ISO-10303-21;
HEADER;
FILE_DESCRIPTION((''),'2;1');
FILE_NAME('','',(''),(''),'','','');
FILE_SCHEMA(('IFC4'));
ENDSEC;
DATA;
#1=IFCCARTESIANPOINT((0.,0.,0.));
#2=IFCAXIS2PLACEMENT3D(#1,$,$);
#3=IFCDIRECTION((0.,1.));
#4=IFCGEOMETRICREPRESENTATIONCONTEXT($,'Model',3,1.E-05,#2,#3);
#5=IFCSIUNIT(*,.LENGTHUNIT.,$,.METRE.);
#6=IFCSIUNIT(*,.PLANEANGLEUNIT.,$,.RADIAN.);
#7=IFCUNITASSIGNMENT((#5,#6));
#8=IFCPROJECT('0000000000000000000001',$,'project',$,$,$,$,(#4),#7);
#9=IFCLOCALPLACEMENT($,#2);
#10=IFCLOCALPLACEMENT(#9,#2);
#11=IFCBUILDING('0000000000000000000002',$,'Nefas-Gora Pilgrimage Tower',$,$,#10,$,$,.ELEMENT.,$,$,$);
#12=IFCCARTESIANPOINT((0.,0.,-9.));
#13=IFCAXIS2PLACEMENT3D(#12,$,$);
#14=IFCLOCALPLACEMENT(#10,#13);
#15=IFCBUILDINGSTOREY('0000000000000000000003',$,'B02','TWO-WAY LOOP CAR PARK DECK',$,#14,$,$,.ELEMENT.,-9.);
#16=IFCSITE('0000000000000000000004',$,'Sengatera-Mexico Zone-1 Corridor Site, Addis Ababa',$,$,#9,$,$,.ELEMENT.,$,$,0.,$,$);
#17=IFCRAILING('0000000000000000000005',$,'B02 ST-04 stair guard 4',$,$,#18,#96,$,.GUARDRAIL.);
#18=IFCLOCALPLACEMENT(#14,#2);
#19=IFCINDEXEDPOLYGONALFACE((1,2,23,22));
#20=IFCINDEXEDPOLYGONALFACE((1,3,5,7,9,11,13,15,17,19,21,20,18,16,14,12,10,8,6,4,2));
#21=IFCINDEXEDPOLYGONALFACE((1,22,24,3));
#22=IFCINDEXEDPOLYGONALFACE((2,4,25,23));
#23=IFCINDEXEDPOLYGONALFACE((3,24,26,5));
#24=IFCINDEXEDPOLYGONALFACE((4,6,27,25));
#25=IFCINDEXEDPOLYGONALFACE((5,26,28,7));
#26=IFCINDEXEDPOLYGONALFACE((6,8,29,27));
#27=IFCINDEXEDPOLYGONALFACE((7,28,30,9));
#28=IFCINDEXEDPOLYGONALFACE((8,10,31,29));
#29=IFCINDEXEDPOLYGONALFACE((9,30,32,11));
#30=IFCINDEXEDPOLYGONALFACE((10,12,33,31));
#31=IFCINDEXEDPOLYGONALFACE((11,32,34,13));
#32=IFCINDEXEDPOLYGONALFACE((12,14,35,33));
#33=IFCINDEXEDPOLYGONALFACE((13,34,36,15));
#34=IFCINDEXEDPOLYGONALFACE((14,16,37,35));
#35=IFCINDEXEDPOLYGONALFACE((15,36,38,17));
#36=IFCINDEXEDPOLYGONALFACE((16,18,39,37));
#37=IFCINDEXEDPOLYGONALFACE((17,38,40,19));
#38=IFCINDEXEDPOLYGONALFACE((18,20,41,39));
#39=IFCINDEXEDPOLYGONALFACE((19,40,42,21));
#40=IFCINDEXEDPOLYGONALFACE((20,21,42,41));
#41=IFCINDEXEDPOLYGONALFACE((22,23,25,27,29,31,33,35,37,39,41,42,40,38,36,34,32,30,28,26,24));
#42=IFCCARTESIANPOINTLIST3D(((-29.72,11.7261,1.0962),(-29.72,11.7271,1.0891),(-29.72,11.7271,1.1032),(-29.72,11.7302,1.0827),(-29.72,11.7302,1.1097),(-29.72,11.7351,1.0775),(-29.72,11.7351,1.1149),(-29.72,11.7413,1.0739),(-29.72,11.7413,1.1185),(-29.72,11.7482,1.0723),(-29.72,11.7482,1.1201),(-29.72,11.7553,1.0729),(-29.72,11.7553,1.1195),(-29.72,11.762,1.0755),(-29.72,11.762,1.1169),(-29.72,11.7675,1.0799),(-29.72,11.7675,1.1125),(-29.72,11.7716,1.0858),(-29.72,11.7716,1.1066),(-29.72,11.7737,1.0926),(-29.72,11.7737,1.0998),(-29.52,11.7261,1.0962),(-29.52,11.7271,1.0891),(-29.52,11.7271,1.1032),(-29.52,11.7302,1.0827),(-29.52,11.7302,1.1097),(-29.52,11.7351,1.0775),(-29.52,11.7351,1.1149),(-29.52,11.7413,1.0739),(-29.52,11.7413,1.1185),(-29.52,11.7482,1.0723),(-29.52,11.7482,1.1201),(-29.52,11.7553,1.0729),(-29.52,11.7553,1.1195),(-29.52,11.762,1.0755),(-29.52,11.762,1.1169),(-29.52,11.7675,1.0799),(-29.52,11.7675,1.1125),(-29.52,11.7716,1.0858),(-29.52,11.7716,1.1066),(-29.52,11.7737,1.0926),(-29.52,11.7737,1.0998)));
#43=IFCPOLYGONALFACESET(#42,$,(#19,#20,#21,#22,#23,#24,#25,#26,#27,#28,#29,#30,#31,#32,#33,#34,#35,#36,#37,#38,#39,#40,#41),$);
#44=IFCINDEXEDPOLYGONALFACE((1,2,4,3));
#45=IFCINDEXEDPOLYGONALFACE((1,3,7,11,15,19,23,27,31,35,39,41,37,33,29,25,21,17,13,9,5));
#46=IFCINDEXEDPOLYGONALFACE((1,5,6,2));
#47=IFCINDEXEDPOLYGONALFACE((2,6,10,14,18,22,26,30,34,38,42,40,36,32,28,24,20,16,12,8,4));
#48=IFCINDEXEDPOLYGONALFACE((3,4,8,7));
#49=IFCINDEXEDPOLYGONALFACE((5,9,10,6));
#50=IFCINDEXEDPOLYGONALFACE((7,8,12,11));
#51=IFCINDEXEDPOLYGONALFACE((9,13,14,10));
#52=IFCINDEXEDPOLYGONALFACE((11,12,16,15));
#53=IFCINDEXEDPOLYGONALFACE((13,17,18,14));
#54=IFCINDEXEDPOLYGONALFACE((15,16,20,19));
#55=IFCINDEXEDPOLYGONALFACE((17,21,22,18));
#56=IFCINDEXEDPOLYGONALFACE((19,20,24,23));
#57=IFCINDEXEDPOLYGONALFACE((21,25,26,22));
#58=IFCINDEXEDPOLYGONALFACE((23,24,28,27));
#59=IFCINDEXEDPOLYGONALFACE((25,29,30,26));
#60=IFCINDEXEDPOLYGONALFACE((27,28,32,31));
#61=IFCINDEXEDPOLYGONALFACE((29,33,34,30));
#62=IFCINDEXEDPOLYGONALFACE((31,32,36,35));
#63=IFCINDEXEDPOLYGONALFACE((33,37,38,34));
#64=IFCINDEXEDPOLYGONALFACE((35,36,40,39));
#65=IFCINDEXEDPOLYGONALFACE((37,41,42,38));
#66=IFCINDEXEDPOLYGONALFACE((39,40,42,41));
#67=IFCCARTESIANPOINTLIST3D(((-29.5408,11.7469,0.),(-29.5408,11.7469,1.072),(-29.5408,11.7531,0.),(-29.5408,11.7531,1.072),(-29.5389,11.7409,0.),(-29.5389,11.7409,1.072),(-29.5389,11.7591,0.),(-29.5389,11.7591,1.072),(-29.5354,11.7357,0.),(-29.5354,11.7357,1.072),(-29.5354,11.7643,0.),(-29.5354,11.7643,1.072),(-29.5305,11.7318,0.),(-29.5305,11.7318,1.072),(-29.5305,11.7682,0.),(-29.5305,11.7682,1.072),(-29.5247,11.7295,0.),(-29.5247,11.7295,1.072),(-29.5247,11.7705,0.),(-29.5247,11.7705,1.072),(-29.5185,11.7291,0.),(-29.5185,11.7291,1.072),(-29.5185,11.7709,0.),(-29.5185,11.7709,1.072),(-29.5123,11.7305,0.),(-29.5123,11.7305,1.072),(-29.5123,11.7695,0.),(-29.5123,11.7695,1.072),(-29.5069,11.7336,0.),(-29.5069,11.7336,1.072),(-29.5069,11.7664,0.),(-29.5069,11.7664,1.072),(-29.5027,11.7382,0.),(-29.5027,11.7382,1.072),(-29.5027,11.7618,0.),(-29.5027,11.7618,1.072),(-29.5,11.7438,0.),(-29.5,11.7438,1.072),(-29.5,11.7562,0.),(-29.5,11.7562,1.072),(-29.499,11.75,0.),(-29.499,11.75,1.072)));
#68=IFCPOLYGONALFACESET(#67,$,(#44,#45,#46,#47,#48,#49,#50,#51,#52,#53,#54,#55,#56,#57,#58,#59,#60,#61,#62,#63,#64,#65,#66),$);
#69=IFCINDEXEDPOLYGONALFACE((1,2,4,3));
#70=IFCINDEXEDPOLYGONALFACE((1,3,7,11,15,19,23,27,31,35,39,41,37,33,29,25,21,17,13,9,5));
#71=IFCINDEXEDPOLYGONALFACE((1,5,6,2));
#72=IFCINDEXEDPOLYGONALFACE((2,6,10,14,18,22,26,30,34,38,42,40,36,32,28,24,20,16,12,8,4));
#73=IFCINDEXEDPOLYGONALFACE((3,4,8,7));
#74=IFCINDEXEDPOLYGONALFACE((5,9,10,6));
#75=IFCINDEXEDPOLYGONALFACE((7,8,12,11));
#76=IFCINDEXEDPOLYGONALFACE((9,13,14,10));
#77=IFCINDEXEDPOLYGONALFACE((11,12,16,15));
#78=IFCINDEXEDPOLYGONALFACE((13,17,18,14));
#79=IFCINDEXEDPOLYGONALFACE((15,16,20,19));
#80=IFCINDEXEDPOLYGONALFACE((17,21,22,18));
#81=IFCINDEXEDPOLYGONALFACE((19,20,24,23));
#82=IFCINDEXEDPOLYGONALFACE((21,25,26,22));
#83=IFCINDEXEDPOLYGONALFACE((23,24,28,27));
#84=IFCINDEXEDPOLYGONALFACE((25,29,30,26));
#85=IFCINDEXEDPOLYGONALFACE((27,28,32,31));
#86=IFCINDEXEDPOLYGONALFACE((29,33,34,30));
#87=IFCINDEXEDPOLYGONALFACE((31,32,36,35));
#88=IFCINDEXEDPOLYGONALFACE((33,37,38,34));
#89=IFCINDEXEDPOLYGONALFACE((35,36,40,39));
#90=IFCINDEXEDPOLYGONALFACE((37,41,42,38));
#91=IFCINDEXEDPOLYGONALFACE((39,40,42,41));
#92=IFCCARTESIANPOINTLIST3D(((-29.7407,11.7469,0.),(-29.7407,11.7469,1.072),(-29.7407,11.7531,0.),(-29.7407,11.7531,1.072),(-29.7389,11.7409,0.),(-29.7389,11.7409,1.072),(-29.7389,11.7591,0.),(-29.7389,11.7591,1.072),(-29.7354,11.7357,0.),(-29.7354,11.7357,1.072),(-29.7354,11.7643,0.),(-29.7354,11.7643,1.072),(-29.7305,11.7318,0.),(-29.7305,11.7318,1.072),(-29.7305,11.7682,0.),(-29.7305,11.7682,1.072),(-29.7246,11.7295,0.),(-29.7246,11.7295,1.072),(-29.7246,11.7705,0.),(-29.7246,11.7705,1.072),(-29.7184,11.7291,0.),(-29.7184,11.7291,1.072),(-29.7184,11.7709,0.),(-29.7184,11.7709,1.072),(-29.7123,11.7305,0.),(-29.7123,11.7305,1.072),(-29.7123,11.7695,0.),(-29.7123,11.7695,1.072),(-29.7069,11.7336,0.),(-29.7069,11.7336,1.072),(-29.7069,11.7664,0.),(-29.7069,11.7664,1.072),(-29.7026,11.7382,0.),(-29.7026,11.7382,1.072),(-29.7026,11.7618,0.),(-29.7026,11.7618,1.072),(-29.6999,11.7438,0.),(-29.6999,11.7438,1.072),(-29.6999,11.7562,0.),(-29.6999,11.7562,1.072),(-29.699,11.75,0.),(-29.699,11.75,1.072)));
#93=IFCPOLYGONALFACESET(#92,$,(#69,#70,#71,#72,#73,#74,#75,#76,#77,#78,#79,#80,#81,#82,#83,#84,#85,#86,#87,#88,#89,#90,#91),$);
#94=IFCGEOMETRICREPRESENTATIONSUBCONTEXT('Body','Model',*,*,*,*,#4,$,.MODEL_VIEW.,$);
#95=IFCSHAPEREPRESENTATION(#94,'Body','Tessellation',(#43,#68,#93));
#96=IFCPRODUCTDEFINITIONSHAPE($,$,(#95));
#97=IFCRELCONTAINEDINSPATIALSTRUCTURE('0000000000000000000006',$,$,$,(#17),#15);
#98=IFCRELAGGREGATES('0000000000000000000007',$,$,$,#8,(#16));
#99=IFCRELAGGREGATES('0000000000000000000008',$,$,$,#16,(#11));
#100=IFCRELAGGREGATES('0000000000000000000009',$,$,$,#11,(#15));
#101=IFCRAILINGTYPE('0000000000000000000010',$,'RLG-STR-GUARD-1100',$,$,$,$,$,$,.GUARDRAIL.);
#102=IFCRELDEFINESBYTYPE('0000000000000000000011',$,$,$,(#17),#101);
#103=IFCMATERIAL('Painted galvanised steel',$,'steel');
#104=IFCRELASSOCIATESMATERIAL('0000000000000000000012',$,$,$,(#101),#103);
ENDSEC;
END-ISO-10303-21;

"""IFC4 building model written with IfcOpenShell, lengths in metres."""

from ifc_helpers import new_model, si_unit, direction, frame, origin, origin_2d, place, context, subcontext, project, spatial, circle, extrude, material, type_object, element, save


model = new_model("IFC4")

# Units and contexts
model_context = context("Model", 3, precision=1e-05, world=origin(), true_north=direction((0.0, 1.0)))
body_context = subcontext(model_context, "Body", "Model", "MODEL_VIEW")
ifc_project = project(units=[si_unit("LENGTHUNIT", "METRE"), si_unit("PLANEANGLEUNIT", "RADIAN")], contexts=[model_context])

# Site, building, storey
site_placement = place(None, origin())
site = spatial("IfcSite", under=ifc_project, at=site_placement, Name="Sengatera-Mexico Zone-1 Corridor Site, Addis Ababa", CompositionType="ELEMENT", RefElevation=0.0)
building_placement = place(site_placement, origin())
building = spatial("IfcBuilding", under=site, at=building_placement, Name="Nefas-Gora Pilgrimage Tower", CompositionType="ELEMENT")
storey_placement = place(building_placement, frame((0.0, 0.0, -9.0)))
storey = spatial("IfcBuildingStorey", under=building, at=storey_placement, Name="B02", Description="TWO-WAY LOOP CAR PARK DECK", CompositionType="ELEMENT", Elevation=-9.0)

# Railing
ifc_material_1 = material(Name="Painted galvanised steel", Category="steel")
railing_type_1 = type_object("IfcRailingType", Name="RLG-STR-GUARD-1100", PredefinedType="GUARDRAIL", material=ifc_material_1)
railing_1_placement = place(storey_placement, frame((-29.52, 11.75, 0.0)))
element("IfcRailing", 1, at=railing_1_placement, inside=storey, type_object=railing_type_1, Name="B02 ST-04 stair guard 4", PredefinedType="GUARDRAIL", context=body_context, shape_type="SweptSolid", body=[
    extrude(circle(Radius=0.0239, at=origin_2d()), frame((0.0, 0.0, 1.0962), z_axis=(-1.0, 0.0, 0.0), x_axis=(0.0, -1.0, 0.0)), (0.0, 0.0, 1.0), 0.2),
    extrude(circle(Radius=0.021, at=origin_2d()), origin(), (0.0, 0.0, 1.0), 1.072),
    extrude(circle(Radius=0.021, at=origin_2d()), frame((-0.2, 0.0, 0.0)), (0.0, 0.0, 1.0), 1.072),
])

save(model, "model.ifc")
